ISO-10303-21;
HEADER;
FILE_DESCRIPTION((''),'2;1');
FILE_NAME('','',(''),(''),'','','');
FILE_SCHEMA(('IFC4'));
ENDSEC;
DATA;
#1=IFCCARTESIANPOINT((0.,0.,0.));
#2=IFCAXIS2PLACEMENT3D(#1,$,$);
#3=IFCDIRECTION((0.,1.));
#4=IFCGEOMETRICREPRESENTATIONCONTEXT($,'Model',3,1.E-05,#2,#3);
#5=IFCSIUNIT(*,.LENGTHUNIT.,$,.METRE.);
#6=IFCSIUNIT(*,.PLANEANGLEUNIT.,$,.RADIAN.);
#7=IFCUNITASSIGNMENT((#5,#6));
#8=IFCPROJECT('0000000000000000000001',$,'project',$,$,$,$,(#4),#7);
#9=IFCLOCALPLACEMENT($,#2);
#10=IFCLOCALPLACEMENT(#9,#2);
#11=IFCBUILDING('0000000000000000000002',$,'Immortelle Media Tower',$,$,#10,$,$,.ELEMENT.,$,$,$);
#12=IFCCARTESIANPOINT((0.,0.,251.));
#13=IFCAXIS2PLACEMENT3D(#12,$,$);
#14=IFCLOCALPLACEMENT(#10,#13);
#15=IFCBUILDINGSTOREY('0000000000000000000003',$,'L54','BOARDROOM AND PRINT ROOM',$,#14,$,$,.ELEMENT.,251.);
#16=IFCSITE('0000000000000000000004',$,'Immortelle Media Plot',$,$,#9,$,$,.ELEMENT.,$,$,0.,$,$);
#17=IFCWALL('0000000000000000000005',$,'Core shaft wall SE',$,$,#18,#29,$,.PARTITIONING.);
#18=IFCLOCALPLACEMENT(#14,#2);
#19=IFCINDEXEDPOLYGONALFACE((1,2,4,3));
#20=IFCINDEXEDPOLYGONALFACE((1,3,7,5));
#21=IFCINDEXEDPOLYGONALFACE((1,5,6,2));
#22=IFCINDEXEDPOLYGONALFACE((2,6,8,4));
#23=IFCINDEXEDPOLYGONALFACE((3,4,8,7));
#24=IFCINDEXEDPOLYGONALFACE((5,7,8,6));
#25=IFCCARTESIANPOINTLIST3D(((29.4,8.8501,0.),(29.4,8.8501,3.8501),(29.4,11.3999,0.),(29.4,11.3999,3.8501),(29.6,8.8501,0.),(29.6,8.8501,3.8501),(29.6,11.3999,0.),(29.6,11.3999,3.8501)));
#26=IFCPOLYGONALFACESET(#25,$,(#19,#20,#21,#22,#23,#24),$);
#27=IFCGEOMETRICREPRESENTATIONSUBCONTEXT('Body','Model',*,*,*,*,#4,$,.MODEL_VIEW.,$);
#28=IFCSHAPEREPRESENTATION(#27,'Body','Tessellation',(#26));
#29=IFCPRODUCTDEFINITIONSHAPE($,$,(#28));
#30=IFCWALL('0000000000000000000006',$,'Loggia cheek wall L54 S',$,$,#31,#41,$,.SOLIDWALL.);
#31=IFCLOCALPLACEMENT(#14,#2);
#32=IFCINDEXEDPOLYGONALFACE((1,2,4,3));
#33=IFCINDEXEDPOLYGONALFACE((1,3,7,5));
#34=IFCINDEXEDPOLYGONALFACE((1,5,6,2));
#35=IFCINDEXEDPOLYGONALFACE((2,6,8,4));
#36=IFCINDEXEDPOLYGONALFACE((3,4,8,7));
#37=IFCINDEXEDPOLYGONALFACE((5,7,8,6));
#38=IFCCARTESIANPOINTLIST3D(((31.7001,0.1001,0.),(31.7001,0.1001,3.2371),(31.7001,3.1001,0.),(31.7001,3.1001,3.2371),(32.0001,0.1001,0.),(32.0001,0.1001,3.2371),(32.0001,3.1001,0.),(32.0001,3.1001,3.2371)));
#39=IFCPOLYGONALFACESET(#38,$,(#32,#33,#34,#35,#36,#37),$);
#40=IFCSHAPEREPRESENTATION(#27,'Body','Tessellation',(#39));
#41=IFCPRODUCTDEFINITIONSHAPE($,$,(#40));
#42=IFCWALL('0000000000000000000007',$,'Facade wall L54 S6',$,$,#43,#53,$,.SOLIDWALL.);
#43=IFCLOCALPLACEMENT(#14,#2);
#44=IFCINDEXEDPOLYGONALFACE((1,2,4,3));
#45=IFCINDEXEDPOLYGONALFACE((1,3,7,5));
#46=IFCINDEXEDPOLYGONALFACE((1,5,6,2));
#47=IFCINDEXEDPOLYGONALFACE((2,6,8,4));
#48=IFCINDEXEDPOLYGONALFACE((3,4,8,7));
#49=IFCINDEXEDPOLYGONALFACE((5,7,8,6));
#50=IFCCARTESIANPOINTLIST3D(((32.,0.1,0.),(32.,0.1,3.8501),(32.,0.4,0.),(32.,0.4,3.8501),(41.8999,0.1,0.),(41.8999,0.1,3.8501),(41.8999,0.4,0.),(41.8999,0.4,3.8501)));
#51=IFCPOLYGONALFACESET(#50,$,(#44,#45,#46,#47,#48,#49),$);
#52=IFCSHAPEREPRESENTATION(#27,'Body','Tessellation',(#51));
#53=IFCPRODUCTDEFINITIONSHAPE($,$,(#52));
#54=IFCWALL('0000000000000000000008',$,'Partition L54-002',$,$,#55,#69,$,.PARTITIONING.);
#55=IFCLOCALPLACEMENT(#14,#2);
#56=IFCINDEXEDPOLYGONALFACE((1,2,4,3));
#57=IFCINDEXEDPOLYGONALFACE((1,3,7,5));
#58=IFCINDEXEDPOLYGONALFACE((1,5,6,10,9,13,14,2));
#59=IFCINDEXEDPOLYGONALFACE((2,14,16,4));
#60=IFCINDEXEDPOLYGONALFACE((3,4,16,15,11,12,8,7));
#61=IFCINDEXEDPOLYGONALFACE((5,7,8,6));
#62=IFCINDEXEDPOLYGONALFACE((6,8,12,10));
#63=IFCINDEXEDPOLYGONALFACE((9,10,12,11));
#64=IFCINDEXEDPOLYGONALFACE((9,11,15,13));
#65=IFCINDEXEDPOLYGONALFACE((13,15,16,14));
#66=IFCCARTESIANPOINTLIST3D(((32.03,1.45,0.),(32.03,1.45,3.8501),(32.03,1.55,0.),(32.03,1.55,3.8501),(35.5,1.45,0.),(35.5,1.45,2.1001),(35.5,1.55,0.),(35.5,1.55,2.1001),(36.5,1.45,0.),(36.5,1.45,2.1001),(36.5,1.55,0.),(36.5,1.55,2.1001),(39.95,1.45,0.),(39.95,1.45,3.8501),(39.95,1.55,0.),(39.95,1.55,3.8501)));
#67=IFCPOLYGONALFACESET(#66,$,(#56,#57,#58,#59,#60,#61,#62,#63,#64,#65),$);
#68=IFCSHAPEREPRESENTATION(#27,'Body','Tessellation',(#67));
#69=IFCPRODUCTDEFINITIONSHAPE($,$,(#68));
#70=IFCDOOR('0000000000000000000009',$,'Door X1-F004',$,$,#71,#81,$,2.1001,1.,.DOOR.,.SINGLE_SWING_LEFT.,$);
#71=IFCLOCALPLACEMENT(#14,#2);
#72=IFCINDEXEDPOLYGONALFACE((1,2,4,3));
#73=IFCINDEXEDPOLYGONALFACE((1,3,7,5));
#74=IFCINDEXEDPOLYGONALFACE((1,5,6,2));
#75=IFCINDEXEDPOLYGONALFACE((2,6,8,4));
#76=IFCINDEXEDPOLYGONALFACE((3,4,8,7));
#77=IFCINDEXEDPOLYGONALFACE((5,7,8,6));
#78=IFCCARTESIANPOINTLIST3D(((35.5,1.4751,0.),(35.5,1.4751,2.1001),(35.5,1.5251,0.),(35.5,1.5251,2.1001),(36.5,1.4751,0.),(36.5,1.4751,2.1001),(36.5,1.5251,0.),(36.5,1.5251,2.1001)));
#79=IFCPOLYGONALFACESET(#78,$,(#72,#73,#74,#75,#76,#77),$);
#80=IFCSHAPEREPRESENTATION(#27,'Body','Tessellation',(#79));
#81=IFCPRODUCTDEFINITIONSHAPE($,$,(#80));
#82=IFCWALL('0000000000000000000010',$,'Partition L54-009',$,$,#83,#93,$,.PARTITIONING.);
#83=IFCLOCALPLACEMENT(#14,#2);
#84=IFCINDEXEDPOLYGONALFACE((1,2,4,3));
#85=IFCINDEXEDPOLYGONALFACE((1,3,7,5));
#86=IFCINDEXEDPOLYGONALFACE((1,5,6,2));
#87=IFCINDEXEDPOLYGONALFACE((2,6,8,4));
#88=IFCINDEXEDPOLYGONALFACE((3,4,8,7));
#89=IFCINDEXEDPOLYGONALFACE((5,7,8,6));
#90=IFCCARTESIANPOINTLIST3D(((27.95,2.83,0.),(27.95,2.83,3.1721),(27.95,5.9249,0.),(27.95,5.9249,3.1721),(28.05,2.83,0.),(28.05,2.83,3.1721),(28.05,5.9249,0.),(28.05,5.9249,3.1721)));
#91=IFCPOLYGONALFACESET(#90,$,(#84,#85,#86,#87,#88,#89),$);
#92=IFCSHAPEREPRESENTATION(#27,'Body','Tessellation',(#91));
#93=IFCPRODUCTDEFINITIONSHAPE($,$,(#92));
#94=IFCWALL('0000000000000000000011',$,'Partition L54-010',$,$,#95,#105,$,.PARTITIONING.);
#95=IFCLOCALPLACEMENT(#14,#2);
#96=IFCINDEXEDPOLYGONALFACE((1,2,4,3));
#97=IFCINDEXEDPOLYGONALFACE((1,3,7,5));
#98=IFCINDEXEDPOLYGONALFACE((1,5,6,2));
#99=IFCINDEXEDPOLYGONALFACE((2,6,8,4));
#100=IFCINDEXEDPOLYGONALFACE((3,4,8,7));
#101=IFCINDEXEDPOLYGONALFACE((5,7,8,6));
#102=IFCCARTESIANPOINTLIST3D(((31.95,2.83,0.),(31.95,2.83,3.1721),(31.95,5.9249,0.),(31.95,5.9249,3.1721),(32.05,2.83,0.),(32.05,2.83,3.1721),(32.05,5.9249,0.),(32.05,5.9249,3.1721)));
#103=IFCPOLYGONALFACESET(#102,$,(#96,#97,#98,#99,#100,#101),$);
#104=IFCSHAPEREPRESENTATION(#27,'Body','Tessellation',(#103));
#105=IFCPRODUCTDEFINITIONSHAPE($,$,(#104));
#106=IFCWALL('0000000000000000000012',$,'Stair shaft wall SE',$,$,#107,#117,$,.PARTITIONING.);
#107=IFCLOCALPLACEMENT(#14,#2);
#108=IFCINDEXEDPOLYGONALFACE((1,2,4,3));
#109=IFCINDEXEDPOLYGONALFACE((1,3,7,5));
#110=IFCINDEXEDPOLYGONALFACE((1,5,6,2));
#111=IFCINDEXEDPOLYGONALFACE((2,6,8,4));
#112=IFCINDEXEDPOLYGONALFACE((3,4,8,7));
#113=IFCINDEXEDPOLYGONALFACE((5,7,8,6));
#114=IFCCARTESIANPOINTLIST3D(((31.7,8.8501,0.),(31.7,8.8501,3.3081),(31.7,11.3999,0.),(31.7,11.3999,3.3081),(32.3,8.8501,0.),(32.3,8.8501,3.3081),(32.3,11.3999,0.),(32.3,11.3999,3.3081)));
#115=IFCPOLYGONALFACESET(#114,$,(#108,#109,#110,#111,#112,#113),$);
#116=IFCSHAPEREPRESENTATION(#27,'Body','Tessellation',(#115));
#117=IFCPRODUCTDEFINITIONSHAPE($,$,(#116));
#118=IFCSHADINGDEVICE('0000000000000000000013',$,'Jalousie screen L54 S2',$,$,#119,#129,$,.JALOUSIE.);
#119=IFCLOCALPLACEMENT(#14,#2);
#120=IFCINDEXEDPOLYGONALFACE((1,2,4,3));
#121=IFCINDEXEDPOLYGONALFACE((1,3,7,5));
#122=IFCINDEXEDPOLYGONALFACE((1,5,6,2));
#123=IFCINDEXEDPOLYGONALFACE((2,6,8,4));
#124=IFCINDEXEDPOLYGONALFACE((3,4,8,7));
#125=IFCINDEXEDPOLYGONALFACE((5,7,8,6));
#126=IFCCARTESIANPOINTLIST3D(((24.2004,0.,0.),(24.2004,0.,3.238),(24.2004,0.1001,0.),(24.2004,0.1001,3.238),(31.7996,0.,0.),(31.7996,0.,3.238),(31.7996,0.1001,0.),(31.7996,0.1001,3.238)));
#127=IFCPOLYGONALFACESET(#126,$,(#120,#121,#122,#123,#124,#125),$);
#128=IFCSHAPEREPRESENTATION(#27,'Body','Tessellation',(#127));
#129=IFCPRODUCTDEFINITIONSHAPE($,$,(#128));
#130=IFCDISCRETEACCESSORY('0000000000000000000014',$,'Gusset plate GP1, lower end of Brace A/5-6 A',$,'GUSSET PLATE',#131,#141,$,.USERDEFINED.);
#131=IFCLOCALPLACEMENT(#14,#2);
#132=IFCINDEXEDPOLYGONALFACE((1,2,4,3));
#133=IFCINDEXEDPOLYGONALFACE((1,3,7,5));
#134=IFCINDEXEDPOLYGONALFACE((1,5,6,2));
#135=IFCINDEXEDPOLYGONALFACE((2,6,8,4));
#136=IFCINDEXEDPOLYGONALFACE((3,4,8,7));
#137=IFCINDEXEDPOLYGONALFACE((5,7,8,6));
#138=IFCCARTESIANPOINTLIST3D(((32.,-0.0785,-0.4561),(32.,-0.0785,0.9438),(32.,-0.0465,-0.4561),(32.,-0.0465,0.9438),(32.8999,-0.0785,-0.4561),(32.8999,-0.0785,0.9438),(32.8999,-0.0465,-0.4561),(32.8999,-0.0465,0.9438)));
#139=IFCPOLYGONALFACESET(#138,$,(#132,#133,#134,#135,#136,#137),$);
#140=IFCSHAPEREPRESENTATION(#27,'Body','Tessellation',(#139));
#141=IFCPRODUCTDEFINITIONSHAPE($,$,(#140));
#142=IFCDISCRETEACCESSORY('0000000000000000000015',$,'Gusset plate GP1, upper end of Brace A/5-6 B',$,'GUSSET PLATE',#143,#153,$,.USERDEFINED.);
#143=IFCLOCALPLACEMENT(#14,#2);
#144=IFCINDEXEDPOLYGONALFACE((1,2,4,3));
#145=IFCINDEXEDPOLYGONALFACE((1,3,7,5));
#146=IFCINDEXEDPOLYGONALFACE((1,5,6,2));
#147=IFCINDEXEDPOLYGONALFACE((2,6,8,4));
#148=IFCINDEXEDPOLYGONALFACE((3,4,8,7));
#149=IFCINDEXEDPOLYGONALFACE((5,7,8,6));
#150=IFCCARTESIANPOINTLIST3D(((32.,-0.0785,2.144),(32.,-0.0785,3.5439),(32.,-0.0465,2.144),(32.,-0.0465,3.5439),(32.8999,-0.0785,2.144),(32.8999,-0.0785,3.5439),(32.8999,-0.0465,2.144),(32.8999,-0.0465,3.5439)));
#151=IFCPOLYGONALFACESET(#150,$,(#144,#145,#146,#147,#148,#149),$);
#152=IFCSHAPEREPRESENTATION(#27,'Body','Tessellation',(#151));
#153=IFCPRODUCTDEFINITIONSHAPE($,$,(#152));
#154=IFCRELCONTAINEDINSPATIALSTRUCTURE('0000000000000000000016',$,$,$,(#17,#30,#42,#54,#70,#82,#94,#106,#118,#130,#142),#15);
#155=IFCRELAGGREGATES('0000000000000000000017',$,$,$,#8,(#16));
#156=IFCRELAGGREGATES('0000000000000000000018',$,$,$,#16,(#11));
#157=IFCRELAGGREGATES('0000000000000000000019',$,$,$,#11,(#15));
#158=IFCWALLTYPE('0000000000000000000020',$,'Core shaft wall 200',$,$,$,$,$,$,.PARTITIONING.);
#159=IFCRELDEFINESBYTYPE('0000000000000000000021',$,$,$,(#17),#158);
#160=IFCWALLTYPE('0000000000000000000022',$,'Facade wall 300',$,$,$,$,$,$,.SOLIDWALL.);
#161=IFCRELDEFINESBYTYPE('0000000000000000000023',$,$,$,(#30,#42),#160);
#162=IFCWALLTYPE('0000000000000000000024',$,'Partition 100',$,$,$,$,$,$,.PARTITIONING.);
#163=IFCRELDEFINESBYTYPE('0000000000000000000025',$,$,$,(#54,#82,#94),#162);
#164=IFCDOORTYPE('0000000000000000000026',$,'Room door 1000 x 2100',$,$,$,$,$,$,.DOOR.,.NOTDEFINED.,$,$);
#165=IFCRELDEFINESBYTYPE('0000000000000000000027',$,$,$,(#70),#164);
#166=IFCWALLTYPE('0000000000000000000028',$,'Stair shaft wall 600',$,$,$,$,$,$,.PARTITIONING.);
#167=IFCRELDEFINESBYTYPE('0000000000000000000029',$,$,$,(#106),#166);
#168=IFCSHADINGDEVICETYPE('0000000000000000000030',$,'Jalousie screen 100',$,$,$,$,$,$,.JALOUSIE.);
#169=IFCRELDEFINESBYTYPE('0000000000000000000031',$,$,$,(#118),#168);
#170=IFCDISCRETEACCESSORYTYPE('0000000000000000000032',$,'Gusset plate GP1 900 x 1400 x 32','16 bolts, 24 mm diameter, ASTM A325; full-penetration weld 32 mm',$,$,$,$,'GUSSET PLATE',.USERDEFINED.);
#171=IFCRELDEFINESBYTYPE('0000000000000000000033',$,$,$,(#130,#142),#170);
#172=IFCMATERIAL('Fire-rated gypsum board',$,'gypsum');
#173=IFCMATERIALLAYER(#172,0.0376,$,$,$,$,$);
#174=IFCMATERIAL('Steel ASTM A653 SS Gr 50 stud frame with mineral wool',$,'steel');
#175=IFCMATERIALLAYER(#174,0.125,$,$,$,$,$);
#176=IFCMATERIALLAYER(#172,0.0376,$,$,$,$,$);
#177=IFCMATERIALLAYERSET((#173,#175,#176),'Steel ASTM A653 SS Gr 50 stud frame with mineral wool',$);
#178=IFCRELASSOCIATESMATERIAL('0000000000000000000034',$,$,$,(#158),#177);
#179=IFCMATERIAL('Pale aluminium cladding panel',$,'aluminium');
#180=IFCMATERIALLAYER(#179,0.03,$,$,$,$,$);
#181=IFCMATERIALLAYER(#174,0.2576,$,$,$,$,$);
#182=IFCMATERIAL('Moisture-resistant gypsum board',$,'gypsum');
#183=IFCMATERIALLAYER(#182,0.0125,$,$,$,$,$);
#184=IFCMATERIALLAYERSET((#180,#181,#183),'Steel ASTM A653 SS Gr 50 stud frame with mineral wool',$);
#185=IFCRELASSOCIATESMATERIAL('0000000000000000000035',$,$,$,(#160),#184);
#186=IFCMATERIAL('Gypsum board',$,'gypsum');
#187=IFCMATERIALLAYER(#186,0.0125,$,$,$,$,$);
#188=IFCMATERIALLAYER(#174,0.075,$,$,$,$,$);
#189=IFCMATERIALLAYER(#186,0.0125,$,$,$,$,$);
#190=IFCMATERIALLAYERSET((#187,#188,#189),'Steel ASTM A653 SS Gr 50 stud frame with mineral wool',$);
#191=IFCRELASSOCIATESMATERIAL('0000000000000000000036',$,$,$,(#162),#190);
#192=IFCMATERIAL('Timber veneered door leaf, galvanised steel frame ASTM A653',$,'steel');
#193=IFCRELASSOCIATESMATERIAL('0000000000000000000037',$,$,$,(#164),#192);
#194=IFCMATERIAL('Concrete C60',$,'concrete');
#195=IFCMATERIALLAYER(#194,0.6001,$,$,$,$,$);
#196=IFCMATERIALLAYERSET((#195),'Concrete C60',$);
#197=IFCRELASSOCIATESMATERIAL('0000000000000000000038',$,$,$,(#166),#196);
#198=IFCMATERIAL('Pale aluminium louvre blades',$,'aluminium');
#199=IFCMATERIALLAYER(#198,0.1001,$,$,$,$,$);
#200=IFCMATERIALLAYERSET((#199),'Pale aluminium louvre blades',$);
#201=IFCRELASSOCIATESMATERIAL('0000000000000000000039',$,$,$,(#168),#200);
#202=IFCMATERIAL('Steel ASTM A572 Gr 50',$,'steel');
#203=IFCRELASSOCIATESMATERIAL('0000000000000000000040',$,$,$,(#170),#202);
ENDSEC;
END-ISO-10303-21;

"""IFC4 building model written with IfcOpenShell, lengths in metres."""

from ifc_helpers import new_model, si_unit, direction, frame, frame_2d, origin, origin_2d, place, context, subcontext, project, spatial, rectangle, extrude, material, layer, layer_set, material_profile, profile_set, type_object, element, fill, save


model = new_model("IFC4")

# Units and contexts
model_context = context("Model", 3, precision=1e-05, world=origin(), true_north=direction((0.0, 1.0)))
body_context = subcontext(model_context, "Body", "Model", "MODEL_VIEW")
ifc_project = project(units=[si_unit("LENGTHUNIT", "METRE"), si_unit("PLANEANGLEUNIT", "RADIAN")], contexts=[model_context])

# Site, building, storey
site_placement = place(None, origin())
site = spatial("IfcSite", under=ifc_project, at=site_placement, Name="Immortelle Media Plot", CompositionType="ELEMENT", RefElevation=0.0)
building_placement = place(site_placement, origin())
building = spatial("IfcBuilding", under=site, at=building_placement, Name="Immortelle Media Tower", CompositionType="ELEMENT")
storey_placement = place(building_placement, frame((0.0, 0.0, 251.0)))
storey = spatial("IfcBuildingStorey", under=building, at=storey_placement, Name="L54", Description="BOARDROOM AND PRINT ROOM", CompositionType="ELEMENT", Elevation=251.0)

# Walls
ifc_material_1 = material(Name="Fire-rated gypsum board", Category="gypsum")
ifc_layer_1 = layer(ifc_material_1, 0.0376)
ifc_material_2 = material(Name="Steel ASTM A653 SS Gr 50 stud frame with mineral wool", Category="steel")
ifc_layer_2 = layer(ifc_material_2, 0.125)
ifc_layer_3 = layer(ifc_material_1, 0.0376)
ifc_layer_set_1 = layer_set([ifc_layer_1, ifc_layer_2, ifc_layer_3], Name="Steel ASTM A653 SS Gr 50 stud frame with mineral wool")
wall_type_1 = type_object("IfcWallType", Name="Core shaft wall 200", PredefinedType="PARTITIONING", material=ifc_layer_set_1)
wall_1_placement = place(storey_placement, frame((29.5, 8.8501, 0.0), z_axis=(0.0, 0.0, 1.0), x_axis=(0.0, 1.0, 0.0)))
element("IfcWall", 1, at=wall_1_placement, inside=storey, type_object=wall_type_1, Name="Core shaft wall SE", PredefinedType="PARTITIONING", context=body_context, shape_type="SweptSolid", body=[
    extrude(rectangle(XDim=2.5498, YDim=0.2, at=frame_2d((1.2749, 0.0))), origin(), (0.0, 0.0, 1.0), 3.8501),
])
ifc_material_3 = material(Name="Pale aluminium cladding panel", Category="aluminium")
ifc_layer_4 = layer(ifc_material_3, 0.03)
ifc_layer_5 = layer(ifc_material_2, 0.2576)
ifc_material_4 = material(Name="Moisture-resistant gypsum board", Category="gypsum")
ifc_layer_6 = layer(ifc_material_4, 0.0125)
ifc_layer_set_2 = layer_set([ifc_layer_4, ifc_layer_5, ifc_layer_6], Name="Steel ASTM A653 SS Gr 50 stud frame with mineral wool")
wall_type_2 = type_object("IfcWallType", Name="Facade wall 300", PredefinedType="SOLIDWALL", material=ifc_layer_set_2)
wall_2_placement = place(storey_placement, frame((31.8501, 0.1001, 0.0), z_axis=(0.0, 0.0, 1.0), x_axis=(0.0, 1.0, 0.0)))
element("IfcWall", 2, at=wall_2_placement, inside=storey, type_object=wall_type_2, Name="Loggia cheek wall L54 S", PredefinedType="SOLIDWALL", context=body_context, shape_type="SweptSolid", body=[
    extrude(rectangle(XDim=3.0, YDim=0.3, at=frame_2d((1.5, 0.0))), origin(), (0.0, 0.0, 1.0), 3.2371),
])
wall_3_placement = place(storey_placement, frame((32.0, 0.25, 0.0), z_axis=(0.0, 0.0, 1.0), x_axis=(1.0, 0.0, 0.0)))
element("IfcWall", 3, at=wall_3_placement, inside=storey, type_object=wall_type_2, Name="Facade wall L54 S6", PredefinedType="SOLIDWALL", context=body_context, shape_type="SweptSolid", body=[
    extrude(rectangle(XDim=9.8999, YDim=0.3, at=frame_2d((4.95, 0.0))), origin(), (0.0, 0.0, 1.0), 3.8501),
])

# Wall, opening, door
ifc_material_5 = material(Name="Gypsum board", Category="gypsum")
ifc_layer_7 = layer(ifc_material_5, 0.0125)
ifc_layer_8 = layer(ifc_material_2, 0.075)
ifc_layer_9 = layer(ifc_material_5, 0.0125)
ifc_layer_set_3 = layer_set([ifc_layer_7, ifc_layer_8, ifc_layer_9], Name="Steel ASTM A653 SS Gr 50 stud frame with mineral wool")
wall_type_3 = type_object("IfcWallType", Name="Partition 100", PredefinedType="PARTITIONING", material=ifc_layer_set_3)
wall_4_placement = place(storey_placement, frame((32.03, 1.5, 0.0), z_axis=(0.0, 0.0, 1.0), x_axis=(1.0, 0.0, 0.0)))
wall_4 = element("IfcWall", 4, at=wall_4_placement, inside=storey, type_object=wall_type_3, Name="Partition L54-002", PredefinedType="PARTITIONING", context=body_context, shape_type="SweptSolid", body=[
    extrude(rectangle(XDim=7.9199, YDim=0.1001, at=frame_2d((3.96, 0.0))), origin(), (0.0, 0.0, 1.0), 3.8501),
])
opening_placement = place(wall_4_placement, frame((4.47, 0.0, 0.0), z_axis=(0.0, 0.0, 1.0), x_axis=(-1.0, 0.0, 0.0)))
opening = element("IfcOpeningElement", 5, at=opening_placement, cuts=wall_4, PredefinedType="OPENING", context=body_context, shape_type="SweptSolid", body=[
    extrude(rectangle(XDim=1.0, YDim=2.1001, at=frame_2d((0.5, 1.05))), frame((0.0, 0.0601, 0.0), z_axis=(0.0, -1.0, 0.0), x_axis=(1.0, 0.0, 0.0)), (0.0, 0.0, 1.0), 0.1201),
])
ifc_material_6 = material(Name="Timber veneered door leaf, galvanised steel frame ASTM A653", Category="steel")
door_type = type_object("IfcDoorType", Name="Room door 1000 x 2100", OperationType="NOTDEFINED", PredefinedType="DOOR", material=ifc_material_6)
door_placement = place(opening_placement, origin())
door = element("IfcDoor", 6, at=door_placement, inside=storey, type_object=door_type, Name="Door X1-F004", OperationType="SINGLE_SWING_LEFT", OverallHeight=2.1001, OverallWidth=1.0, PredefinedType="DOOR", context=body_context, shape_type="SweptSolid", body=[
    extrude(rectangle(XDim=1.0, YDim=2.1001, at=frame_2d((0.5, 1.05))), frame((0.0, 0.0249, 0.0), z_axis=(0.0, -1.0, 0.0), x_axis=(1.0, 0.0, 0.0)), (0.0, 0.0, 1.0), 0.05),
])
fill(opening, door)

# Walls
for number, where, z_axis, x_axis, name in (
    (7, (28.0, 2.8301, 0.0), (0.0, 0.0, 1.0), (0.0, 1.0, 0.0), "Partition L54-009"),
    (8, (32.0, 2.8301, 0.0), (0.0, 0.0, 1.0), (0.0, 1.0, 0.0), "Partition L54-010"),
):
    element("IfcWall", number, at=place(storey_placement, frame(where, z_axis=z_axis, x_axis=x_axis)), inside=storey, type_object=wall_type_3, Name=name, PredefinedType="PARTITIONING", context=body_context, shape_type="SweptSolid", body=[
        extrude(rectangle(XDim=3.095, YDim=0.1001, at=frame_2d((1.5474, 0.0))), origin(), (0.0, 0.0, 1.0), 3.1721),
    ])
ifc_material_7 = material(Name="Concrete C60", Category="concrete")
ifc_layer_10 = layer(ifc_material_7, 0.6001)
ifc_layer_set_4 = layer_set([ifc_layer_10], Name="Concrete C60")
wall_type_4 = type_object("IfcWallType", Name="Stair shaft wall 600", PredefinedType="PARTITIONING", material=ifc_layer_set_4)
wall_5_placement = place(storey_placement, frame((32.0, 8.8501, 0.0), z_axis=(0.0, 0.0, 1.0), x_axis=(0.0, 1.0, 0.0)))
element("IfcWall", 9, at=wall_5_placement, inside=storey, type_object=wall_type_4, Name="Stair shaft wall SE", PredefinedType="PARTITIONING", context=body_context, shape_type="SweptSolid", body=[
    extrude(rectangle(XDim=2.5498, YDim=0.6001, at=frame_2d((1.2749, 0.0))), origin(), (0.0, 0.0, 1.0), 3.3081),
])

# Shading device
ifc_material_8 = material(Name="Pale aluminium louvre blades", Category="aluminium")
ifc_layer_11 = layer(ifc_material_8, 0.1001)
ifc_layer_set_5 = layer_set([ifc_layer_11], Name="Pale aluminium louvre blades")
shading_device_type = type_object("IfcShadingDeviceType", Name="Jalousie screen 100", PredefinedType="JALOUSIE", material=ifc_layer_set_5)
shading_device_placement = place(storey_placement, frame((28.0, 0.05, 0.0), z_axis=(0.0, 0.0, 1.0), x_axis=(1.0, 0.0, 0.0)))
element("IfcShadingDevice", 10, at=shading_device_placement, inside=storey, type_object=shading_device_type, Name="Jalousie screen L54 S2", PredefinedType="JALOUSIE", context=body_context, shape_type="SweptSolid", body=[
    extrude(rectangle(XDim=7.5991, YDim=0.1001, at=origin_2d()), origin(), (0.0, 0.0, 1.0), 3.238),
])

# Discrete accessories
ifc_material_9 = material(Name="Steel ASTM A572 Gr 50", Category="steel")
ifc_material_profile_1 = material_profile(ifc_material_9, rectangle(XDim=0.032, YDim=1.3999, at=origin_2d()), Name="PL 32 x 1400")
ifc_profile_set_1 = profile_set([ifc_material_profile_1], Name="Steel ASTM A572 Gr 50")
discrete_accessory_type = type_object("IfcDiscreteAccessoryType", Name="Gusset plate GP1 900 x 1400 x 32", Description="16 bolts, 24 mm diameter, ASTM A325; full-penetration weld 32 mm", ElementType="GUSSET PLATE", PredefinedType="USERDEFINED", material=ifc_profile_set_1)
for number, where, z_axis, x_axis, name in (
    (11, (32.0, -0.0625, 0.2439), (1.0, 0.0, 0.0), (0.0, 1.0, 0.0), "Gusset plate GP1, lower end of Brace A/5-6 A"),
    (12, (32.0, -0.0625, 2.844), (1.0, 0.0, 0.0), (0.0, 1.0, 0.0), "Gusset plate GP1, upper end of Brace A/5-6 B"),
):
    element("IfcDiscreteAccessory", number, at=place(storey_placement, frame(where, z_axis=z_axis, x_axis=x_axis)), inside=storey, type_object=discrete_accessory_type, Name=name, ObjectType="GUSSET PLATE", PredefinedType="USERDEFINED", context=body_context, shape_type="SweptSolid", body=[
        extrude(rectangle(XDim=0.032, YDim=1.3999, at=origin_2d()), origin(), (0.0, 0.0, 1.0), 0.8999),
    ])

save(model, "model.ifc")
